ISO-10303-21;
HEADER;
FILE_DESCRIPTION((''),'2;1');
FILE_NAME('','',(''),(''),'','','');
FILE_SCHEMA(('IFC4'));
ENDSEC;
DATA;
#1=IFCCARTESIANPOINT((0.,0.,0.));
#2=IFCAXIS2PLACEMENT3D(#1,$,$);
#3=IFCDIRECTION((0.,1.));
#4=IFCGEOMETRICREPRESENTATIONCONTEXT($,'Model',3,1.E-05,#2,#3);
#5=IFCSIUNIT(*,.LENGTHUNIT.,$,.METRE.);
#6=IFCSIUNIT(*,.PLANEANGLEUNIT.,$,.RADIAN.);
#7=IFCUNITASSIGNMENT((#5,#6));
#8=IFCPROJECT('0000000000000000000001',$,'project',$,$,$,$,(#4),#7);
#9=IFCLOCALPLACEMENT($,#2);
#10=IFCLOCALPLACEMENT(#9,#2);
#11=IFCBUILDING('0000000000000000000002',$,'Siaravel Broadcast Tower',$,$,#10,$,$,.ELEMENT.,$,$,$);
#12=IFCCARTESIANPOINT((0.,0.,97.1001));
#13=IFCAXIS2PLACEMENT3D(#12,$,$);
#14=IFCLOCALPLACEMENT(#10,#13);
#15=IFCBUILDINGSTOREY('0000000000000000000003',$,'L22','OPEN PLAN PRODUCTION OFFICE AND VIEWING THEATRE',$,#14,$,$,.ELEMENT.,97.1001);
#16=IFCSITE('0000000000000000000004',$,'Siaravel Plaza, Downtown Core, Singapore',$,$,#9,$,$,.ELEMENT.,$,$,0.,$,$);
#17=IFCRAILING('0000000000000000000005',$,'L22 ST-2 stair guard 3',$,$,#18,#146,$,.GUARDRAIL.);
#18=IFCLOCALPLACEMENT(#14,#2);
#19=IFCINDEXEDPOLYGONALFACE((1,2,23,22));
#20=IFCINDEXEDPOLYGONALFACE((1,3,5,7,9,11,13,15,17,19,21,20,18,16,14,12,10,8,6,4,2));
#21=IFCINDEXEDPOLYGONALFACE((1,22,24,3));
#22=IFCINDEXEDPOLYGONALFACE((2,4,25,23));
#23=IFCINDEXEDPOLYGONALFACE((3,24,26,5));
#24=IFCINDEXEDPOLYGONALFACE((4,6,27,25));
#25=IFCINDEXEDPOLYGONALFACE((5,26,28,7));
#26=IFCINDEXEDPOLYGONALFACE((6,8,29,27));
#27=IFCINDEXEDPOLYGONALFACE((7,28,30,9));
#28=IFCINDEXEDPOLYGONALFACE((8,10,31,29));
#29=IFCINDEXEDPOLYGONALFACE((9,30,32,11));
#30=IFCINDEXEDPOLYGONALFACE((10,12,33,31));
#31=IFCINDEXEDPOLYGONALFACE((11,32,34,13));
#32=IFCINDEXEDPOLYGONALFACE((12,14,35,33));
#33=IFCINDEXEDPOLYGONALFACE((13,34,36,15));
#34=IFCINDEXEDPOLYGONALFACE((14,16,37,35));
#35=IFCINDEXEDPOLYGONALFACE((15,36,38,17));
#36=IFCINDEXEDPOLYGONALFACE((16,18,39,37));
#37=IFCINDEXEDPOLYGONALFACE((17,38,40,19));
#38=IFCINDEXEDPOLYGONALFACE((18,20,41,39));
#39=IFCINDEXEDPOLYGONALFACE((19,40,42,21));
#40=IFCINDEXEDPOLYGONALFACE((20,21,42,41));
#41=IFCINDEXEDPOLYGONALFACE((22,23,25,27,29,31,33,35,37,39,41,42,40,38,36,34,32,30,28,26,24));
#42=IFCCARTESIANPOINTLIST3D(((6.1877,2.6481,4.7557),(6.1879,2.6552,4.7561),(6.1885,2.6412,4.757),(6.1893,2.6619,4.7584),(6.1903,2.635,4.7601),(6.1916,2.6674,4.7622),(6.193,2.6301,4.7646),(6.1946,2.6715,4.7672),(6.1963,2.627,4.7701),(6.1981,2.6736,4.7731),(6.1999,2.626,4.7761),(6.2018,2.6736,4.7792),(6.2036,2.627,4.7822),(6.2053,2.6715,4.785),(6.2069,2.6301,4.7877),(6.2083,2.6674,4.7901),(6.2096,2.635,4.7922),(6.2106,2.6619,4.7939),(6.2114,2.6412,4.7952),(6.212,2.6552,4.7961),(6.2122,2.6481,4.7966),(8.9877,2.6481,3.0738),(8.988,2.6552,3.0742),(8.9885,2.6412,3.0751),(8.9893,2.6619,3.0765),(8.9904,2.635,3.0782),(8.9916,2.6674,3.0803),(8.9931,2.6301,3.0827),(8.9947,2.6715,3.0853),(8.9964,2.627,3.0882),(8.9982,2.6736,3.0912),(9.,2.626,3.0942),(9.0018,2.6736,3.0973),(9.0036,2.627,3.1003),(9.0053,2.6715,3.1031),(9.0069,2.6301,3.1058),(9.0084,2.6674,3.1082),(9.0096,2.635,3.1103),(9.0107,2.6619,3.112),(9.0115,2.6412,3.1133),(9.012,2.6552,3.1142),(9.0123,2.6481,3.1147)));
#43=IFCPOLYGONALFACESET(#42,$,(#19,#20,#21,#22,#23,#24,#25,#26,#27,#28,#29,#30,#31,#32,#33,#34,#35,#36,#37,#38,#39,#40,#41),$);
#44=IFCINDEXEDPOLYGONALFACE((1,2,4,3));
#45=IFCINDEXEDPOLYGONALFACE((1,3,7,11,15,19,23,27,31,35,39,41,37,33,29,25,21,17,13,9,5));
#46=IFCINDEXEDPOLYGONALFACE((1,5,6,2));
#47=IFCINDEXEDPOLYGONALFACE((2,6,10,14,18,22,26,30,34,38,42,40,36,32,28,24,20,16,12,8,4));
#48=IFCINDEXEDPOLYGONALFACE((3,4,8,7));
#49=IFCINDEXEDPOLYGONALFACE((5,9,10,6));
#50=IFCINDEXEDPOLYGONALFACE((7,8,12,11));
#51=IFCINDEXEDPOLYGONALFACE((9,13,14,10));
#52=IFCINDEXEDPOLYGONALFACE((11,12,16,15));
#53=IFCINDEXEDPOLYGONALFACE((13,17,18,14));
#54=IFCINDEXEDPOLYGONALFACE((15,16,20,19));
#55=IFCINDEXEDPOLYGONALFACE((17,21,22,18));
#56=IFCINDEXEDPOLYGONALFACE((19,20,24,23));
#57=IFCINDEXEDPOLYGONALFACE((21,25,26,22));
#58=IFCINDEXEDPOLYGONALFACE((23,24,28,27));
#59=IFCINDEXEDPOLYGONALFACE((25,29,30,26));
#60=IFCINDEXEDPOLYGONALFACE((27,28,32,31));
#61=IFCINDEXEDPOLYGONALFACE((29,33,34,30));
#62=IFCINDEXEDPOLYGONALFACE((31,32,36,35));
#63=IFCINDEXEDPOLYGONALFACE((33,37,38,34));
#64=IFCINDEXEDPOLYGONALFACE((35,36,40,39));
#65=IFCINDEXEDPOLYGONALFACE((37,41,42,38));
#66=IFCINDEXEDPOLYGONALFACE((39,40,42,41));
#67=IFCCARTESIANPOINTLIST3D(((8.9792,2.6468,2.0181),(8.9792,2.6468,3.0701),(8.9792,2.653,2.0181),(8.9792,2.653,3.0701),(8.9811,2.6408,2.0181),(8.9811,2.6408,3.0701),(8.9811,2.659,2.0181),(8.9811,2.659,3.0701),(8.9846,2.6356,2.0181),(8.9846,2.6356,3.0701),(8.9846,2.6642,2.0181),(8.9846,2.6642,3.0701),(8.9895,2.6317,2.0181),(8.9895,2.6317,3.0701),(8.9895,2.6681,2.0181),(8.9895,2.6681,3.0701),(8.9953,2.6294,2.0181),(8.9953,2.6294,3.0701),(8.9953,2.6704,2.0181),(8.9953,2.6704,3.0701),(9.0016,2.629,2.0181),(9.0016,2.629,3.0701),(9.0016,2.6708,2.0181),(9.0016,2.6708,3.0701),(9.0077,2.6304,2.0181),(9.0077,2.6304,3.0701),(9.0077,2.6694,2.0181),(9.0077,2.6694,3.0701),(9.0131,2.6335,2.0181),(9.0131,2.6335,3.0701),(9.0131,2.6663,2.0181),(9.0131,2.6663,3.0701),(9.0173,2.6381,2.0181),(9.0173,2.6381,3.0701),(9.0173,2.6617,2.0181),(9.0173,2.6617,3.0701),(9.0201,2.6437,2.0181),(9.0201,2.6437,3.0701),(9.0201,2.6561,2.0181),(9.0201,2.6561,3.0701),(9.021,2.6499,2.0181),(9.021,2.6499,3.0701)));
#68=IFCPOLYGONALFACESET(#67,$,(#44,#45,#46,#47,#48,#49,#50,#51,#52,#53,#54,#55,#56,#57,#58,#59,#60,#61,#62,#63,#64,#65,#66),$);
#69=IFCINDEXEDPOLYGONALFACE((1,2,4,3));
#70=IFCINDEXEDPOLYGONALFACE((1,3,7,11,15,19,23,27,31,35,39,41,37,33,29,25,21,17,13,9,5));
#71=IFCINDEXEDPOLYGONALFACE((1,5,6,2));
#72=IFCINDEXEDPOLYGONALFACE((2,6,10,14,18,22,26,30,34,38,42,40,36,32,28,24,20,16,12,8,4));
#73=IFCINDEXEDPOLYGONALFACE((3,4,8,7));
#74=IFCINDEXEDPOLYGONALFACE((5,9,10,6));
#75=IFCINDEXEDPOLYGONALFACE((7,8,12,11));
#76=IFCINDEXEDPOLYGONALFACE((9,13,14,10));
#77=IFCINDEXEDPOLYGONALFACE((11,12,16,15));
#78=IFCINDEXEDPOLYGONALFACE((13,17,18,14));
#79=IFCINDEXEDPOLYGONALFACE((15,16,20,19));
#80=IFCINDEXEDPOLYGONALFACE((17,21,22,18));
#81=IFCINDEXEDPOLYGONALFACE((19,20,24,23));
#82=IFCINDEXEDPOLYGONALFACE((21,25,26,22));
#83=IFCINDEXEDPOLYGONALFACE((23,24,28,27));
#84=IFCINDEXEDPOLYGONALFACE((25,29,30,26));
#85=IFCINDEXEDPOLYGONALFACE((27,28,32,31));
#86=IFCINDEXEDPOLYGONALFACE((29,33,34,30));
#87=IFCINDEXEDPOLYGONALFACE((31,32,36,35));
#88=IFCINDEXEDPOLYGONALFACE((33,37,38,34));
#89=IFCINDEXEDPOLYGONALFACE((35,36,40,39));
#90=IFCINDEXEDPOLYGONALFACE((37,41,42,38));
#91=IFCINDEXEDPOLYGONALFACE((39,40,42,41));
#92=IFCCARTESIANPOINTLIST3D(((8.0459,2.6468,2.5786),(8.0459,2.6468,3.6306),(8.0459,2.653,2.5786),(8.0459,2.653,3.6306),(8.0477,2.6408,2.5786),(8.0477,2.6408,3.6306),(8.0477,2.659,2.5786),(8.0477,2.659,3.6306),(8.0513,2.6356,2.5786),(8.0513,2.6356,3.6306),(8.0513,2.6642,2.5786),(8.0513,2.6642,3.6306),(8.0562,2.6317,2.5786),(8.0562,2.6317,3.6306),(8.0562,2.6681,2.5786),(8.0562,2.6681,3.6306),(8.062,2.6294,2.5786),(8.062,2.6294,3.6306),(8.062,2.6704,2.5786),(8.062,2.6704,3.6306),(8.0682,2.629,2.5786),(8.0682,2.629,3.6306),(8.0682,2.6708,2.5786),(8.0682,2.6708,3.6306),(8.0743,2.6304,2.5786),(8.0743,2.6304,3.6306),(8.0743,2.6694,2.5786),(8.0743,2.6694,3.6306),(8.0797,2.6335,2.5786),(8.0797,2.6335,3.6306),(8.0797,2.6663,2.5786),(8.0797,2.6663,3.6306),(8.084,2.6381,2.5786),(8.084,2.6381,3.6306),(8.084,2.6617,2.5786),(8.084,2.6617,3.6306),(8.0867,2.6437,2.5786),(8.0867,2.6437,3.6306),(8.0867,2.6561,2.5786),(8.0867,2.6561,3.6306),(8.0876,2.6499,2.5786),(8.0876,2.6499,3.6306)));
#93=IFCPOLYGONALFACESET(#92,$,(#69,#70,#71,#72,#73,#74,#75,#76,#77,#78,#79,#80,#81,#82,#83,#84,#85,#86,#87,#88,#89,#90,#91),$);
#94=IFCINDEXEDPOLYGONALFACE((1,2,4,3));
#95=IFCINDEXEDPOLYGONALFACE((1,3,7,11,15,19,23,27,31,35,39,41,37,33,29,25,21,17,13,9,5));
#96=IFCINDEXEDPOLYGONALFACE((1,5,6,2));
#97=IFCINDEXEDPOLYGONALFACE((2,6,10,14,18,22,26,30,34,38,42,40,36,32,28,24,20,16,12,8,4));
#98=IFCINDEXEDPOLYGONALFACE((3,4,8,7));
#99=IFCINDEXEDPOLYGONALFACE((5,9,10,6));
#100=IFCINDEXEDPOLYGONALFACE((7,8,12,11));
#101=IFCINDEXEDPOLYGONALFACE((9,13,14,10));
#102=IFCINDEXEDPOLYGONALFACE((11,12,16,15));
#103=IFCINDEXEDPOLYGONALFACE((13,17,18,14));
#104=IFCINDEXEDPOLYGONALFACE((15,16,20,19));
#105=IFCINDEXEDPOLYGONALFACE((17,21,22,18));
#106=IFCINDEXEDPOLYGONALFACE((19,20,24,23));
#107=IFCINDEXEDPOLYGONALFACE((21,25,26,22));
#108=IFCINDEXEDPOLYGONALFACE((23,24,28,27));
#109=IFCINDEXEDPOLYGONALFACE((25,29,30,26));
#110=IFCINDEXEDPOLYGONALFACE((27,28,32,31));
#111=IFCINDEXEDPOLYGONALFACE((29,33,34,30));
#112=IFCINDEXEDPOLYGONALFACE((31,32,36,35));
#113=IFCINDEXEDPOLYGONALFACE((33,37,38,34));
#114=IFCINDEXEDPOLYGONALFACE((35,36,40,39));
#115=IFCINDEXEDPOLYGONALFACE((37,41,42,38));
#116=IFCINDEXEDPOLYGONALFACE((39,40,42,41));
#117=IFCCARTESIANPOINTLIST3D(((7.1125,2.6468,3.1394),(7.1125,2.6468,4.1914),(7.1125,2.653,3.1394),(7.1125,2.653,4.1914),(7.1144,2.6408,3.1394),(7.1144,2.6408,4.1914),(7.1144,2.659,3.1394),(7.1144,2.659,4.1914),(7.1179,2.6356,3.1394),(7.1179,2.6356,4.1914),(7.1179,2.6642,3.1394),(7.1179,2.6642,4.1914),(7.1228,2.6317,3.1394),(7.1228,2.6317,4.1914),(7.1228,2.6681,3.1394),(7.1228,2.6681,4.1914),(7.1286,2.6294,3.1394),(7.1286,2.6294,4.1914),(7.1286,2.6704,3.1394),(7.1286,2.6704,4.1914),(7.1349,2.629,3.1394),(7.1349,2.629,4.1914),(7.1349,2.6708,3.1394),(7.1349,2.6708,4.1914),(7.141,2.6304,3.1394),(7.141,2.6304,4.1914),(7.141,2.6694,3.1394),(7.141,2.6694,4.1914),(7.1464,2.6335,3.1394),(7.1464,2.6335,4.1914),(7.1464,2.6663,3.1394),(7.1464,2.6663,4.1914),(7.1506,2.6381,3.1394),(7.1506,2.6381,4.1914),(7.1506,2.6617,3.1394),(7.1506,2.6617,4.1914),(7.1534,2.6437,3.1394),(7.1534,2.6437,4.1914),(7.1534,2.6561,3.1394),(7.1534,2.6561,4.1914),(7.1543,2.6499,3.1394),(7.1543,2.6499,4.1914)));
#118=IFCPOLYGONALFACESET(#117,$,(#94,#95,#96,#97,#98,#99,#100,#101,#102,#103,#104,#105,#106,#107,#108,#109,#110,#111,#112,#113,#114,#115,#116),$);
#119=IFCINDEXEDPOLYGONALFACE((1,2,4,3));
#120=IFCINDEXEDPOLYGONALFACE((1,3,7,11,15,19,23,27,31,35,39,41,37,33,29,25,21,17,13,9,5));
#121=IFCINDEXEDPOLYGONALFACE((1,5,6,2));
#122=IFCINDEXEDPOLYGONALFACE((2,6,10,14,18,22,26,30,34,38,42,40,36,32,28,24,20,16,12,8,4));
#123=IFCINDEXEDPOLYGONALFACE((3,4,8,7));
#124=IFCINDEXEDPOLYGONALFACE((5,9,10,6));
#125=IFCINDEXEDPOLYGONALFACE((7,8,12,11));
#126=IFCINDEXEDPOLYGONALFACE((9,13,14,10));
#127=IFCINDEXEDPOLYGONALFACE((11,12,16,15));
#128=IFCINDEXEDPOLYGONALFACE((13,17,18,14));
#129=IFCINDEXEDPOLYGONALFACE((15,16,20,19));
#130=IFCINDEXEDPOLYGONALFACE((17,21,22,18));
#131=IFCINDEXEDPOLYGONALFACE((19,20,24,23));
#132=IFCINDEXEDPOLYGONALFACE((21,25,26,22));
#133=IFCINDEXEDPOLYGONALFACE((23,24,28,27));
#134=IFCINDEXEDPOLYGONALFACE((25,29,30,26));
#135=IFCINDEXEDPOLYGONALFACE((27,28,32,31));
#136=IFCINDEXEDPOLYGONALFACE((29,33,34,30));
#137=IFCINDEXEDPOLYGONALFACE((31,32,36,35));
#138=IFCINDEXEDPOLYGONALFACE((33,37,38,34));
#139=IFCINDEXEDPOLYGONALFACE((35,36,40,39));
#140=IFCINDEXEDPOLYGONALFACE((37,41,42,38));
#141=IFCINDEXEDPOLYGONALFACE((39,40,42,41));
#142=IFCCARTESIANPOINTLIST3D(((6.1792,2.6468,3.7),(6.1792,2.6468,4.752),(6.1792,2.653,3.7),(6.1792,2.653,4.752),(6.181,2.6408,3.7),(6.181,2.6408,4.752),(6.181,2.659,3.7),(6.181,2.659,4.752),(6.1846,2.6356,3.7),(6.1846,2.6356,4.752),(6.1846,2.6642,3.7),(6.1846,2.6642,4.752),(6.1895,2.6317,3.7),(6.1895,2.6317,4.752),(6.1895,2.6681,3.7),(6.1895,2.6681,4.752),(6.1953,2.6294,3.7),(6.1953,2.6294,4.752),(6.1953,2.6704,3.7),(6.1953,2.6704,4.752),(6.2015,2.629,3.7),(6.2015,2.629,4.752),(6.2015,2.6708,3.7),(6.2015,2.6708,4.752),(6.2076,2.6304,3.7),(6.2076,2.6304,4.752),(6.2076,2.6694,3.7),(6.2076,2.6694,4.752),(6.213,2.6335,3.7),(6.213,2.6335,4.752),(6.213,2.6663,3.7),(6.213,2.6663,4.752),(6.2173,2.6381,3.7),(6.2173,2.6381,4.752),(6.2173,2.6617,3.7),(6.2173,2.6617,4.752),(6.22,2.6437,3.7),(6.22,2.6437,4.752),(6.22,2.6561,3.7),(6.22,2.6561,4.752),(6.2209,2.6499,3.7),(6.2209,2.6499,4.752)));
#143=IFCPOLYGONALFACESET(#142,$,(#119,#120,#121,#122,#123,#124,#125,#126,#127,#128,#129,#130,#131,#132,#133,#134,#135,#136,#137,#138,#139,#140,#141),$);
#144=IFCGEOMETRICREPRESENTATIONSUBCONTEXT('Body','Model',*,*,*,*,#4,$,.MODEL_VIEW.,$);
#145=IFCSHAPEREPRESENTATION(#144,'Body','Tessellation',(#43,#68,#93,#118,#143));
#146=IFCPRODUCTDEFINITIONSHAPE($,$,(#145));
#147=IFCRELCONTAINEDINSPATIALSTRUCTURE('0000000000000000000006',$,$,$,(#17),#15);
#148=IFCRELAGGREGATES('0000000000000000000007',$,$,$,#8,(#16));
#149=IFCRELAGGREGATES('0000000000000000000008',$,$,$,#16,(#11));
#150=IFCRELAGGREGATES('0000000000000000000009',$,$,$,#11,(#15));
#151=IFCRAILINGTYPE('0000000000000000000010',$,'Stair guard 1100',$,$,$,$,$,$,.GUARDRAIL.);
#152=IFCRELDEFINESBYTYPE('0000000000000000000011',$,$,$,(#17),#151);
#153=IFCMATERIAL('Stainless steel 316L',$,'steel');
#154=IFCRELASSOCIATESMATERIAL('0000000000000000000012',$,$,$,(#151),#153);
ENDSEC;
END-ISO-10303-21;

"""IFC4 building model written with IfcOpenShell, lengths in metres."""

from ifc_helpers import new_model, si_unit, direction, frame, origin, origin_2d, place, context, subcontext, project, spatial, circle, extrude, material, type_object, element, save


model = new_model("IFC4")

# Units and contexts
model_context = context("Model", 3, precision=1e-05, world=origin(), true_north=direction((0.0, 1.0)))
body_context = subcontext(model_context, "Body", "Model", "MODEL_VIEW")
ifc_project = project(units=[si_unit("LENGTHUNIT", "METRE"), si_unit("PLANEANGLEUNIT", "RADIAN")], contexts=[model_context])

# Site, building, storey
site_placement = place(None, origin())
site = spatial("IfcSite", under=ifc_project, at=site_placement, Name="Siaravel Plaza, Downtown Core, Singapore", CompositionType="ELEMENT", RefElevation=0.0)
building_placement = place(site_placement, origin())
building = spatial("IfcBuilding", under=site, at=building_placement, Name="Siaravel Broadcast Tower", CompositionType="ELEMENT")
storey_placement = place(building_placement, frame((0.0, 0.0, 97.1001)))
storey = spatial("IfcBuildingStorey", under=building, at=storey_placement, Name="L22", Description="OPEN PLAN PRODUCTION OFFICE AND VIEWING THEATRE", CompositionType="ELEMENT", Elevation=97.1001)

# Railing
ifc_material_1 = material(Name="Stainless steel 316L", Category="steel")
railing_type_1 = type_object("IfcRailingType", Name="Stair guard 1100", PredefinedType="GUARDRAIL", material=ifc_material_1)
railing_1_placement = place(storey_placement, frame((9.0, 2.6499, 2.0181)))
element("IfcRailing", 1, at=railing_1_placement, inside=storey, type_object=railing_type_1, Name="L22 ST-2 stair guard 3", PredefinedType="GUARDRAIL", context=body_context, shape_type="SweptSolid", body=[
    extrude(circle(Radius=0.0239, at=origin_2d()), frame((0.0, 0.0, 1.0762), z_axis=(-0.857242, 0.0, 0.514913), x_axis=(0.0, -1.0, 0.0)), (0.0, 0.0, 1.0), 3.2664),
    extrude(circle(Radius=0.021, at=origin_2d()), origin(), (0.0, 0.0, 1.0), 1.052),
    extrude(circle(Radius=0.021, at=origin_2d()), frame((-0.9333, 0.0, 0.5605)), (0.0, 0.0, 1.0), 1.052),
    extrude(circle(Radius=0.021, at=origin_2d()), frame((-1.8667, 0.0, 1.1213)), (0.0, 0.0, 1.0), 1.052),
    extrude(circle(Radius=0.021, at=origin_2d()), frame((-2.8, 0.0, 1.6819)), (0.0, 0.0, 1.0), 1.052),
])

save(model, "model.ifc")
